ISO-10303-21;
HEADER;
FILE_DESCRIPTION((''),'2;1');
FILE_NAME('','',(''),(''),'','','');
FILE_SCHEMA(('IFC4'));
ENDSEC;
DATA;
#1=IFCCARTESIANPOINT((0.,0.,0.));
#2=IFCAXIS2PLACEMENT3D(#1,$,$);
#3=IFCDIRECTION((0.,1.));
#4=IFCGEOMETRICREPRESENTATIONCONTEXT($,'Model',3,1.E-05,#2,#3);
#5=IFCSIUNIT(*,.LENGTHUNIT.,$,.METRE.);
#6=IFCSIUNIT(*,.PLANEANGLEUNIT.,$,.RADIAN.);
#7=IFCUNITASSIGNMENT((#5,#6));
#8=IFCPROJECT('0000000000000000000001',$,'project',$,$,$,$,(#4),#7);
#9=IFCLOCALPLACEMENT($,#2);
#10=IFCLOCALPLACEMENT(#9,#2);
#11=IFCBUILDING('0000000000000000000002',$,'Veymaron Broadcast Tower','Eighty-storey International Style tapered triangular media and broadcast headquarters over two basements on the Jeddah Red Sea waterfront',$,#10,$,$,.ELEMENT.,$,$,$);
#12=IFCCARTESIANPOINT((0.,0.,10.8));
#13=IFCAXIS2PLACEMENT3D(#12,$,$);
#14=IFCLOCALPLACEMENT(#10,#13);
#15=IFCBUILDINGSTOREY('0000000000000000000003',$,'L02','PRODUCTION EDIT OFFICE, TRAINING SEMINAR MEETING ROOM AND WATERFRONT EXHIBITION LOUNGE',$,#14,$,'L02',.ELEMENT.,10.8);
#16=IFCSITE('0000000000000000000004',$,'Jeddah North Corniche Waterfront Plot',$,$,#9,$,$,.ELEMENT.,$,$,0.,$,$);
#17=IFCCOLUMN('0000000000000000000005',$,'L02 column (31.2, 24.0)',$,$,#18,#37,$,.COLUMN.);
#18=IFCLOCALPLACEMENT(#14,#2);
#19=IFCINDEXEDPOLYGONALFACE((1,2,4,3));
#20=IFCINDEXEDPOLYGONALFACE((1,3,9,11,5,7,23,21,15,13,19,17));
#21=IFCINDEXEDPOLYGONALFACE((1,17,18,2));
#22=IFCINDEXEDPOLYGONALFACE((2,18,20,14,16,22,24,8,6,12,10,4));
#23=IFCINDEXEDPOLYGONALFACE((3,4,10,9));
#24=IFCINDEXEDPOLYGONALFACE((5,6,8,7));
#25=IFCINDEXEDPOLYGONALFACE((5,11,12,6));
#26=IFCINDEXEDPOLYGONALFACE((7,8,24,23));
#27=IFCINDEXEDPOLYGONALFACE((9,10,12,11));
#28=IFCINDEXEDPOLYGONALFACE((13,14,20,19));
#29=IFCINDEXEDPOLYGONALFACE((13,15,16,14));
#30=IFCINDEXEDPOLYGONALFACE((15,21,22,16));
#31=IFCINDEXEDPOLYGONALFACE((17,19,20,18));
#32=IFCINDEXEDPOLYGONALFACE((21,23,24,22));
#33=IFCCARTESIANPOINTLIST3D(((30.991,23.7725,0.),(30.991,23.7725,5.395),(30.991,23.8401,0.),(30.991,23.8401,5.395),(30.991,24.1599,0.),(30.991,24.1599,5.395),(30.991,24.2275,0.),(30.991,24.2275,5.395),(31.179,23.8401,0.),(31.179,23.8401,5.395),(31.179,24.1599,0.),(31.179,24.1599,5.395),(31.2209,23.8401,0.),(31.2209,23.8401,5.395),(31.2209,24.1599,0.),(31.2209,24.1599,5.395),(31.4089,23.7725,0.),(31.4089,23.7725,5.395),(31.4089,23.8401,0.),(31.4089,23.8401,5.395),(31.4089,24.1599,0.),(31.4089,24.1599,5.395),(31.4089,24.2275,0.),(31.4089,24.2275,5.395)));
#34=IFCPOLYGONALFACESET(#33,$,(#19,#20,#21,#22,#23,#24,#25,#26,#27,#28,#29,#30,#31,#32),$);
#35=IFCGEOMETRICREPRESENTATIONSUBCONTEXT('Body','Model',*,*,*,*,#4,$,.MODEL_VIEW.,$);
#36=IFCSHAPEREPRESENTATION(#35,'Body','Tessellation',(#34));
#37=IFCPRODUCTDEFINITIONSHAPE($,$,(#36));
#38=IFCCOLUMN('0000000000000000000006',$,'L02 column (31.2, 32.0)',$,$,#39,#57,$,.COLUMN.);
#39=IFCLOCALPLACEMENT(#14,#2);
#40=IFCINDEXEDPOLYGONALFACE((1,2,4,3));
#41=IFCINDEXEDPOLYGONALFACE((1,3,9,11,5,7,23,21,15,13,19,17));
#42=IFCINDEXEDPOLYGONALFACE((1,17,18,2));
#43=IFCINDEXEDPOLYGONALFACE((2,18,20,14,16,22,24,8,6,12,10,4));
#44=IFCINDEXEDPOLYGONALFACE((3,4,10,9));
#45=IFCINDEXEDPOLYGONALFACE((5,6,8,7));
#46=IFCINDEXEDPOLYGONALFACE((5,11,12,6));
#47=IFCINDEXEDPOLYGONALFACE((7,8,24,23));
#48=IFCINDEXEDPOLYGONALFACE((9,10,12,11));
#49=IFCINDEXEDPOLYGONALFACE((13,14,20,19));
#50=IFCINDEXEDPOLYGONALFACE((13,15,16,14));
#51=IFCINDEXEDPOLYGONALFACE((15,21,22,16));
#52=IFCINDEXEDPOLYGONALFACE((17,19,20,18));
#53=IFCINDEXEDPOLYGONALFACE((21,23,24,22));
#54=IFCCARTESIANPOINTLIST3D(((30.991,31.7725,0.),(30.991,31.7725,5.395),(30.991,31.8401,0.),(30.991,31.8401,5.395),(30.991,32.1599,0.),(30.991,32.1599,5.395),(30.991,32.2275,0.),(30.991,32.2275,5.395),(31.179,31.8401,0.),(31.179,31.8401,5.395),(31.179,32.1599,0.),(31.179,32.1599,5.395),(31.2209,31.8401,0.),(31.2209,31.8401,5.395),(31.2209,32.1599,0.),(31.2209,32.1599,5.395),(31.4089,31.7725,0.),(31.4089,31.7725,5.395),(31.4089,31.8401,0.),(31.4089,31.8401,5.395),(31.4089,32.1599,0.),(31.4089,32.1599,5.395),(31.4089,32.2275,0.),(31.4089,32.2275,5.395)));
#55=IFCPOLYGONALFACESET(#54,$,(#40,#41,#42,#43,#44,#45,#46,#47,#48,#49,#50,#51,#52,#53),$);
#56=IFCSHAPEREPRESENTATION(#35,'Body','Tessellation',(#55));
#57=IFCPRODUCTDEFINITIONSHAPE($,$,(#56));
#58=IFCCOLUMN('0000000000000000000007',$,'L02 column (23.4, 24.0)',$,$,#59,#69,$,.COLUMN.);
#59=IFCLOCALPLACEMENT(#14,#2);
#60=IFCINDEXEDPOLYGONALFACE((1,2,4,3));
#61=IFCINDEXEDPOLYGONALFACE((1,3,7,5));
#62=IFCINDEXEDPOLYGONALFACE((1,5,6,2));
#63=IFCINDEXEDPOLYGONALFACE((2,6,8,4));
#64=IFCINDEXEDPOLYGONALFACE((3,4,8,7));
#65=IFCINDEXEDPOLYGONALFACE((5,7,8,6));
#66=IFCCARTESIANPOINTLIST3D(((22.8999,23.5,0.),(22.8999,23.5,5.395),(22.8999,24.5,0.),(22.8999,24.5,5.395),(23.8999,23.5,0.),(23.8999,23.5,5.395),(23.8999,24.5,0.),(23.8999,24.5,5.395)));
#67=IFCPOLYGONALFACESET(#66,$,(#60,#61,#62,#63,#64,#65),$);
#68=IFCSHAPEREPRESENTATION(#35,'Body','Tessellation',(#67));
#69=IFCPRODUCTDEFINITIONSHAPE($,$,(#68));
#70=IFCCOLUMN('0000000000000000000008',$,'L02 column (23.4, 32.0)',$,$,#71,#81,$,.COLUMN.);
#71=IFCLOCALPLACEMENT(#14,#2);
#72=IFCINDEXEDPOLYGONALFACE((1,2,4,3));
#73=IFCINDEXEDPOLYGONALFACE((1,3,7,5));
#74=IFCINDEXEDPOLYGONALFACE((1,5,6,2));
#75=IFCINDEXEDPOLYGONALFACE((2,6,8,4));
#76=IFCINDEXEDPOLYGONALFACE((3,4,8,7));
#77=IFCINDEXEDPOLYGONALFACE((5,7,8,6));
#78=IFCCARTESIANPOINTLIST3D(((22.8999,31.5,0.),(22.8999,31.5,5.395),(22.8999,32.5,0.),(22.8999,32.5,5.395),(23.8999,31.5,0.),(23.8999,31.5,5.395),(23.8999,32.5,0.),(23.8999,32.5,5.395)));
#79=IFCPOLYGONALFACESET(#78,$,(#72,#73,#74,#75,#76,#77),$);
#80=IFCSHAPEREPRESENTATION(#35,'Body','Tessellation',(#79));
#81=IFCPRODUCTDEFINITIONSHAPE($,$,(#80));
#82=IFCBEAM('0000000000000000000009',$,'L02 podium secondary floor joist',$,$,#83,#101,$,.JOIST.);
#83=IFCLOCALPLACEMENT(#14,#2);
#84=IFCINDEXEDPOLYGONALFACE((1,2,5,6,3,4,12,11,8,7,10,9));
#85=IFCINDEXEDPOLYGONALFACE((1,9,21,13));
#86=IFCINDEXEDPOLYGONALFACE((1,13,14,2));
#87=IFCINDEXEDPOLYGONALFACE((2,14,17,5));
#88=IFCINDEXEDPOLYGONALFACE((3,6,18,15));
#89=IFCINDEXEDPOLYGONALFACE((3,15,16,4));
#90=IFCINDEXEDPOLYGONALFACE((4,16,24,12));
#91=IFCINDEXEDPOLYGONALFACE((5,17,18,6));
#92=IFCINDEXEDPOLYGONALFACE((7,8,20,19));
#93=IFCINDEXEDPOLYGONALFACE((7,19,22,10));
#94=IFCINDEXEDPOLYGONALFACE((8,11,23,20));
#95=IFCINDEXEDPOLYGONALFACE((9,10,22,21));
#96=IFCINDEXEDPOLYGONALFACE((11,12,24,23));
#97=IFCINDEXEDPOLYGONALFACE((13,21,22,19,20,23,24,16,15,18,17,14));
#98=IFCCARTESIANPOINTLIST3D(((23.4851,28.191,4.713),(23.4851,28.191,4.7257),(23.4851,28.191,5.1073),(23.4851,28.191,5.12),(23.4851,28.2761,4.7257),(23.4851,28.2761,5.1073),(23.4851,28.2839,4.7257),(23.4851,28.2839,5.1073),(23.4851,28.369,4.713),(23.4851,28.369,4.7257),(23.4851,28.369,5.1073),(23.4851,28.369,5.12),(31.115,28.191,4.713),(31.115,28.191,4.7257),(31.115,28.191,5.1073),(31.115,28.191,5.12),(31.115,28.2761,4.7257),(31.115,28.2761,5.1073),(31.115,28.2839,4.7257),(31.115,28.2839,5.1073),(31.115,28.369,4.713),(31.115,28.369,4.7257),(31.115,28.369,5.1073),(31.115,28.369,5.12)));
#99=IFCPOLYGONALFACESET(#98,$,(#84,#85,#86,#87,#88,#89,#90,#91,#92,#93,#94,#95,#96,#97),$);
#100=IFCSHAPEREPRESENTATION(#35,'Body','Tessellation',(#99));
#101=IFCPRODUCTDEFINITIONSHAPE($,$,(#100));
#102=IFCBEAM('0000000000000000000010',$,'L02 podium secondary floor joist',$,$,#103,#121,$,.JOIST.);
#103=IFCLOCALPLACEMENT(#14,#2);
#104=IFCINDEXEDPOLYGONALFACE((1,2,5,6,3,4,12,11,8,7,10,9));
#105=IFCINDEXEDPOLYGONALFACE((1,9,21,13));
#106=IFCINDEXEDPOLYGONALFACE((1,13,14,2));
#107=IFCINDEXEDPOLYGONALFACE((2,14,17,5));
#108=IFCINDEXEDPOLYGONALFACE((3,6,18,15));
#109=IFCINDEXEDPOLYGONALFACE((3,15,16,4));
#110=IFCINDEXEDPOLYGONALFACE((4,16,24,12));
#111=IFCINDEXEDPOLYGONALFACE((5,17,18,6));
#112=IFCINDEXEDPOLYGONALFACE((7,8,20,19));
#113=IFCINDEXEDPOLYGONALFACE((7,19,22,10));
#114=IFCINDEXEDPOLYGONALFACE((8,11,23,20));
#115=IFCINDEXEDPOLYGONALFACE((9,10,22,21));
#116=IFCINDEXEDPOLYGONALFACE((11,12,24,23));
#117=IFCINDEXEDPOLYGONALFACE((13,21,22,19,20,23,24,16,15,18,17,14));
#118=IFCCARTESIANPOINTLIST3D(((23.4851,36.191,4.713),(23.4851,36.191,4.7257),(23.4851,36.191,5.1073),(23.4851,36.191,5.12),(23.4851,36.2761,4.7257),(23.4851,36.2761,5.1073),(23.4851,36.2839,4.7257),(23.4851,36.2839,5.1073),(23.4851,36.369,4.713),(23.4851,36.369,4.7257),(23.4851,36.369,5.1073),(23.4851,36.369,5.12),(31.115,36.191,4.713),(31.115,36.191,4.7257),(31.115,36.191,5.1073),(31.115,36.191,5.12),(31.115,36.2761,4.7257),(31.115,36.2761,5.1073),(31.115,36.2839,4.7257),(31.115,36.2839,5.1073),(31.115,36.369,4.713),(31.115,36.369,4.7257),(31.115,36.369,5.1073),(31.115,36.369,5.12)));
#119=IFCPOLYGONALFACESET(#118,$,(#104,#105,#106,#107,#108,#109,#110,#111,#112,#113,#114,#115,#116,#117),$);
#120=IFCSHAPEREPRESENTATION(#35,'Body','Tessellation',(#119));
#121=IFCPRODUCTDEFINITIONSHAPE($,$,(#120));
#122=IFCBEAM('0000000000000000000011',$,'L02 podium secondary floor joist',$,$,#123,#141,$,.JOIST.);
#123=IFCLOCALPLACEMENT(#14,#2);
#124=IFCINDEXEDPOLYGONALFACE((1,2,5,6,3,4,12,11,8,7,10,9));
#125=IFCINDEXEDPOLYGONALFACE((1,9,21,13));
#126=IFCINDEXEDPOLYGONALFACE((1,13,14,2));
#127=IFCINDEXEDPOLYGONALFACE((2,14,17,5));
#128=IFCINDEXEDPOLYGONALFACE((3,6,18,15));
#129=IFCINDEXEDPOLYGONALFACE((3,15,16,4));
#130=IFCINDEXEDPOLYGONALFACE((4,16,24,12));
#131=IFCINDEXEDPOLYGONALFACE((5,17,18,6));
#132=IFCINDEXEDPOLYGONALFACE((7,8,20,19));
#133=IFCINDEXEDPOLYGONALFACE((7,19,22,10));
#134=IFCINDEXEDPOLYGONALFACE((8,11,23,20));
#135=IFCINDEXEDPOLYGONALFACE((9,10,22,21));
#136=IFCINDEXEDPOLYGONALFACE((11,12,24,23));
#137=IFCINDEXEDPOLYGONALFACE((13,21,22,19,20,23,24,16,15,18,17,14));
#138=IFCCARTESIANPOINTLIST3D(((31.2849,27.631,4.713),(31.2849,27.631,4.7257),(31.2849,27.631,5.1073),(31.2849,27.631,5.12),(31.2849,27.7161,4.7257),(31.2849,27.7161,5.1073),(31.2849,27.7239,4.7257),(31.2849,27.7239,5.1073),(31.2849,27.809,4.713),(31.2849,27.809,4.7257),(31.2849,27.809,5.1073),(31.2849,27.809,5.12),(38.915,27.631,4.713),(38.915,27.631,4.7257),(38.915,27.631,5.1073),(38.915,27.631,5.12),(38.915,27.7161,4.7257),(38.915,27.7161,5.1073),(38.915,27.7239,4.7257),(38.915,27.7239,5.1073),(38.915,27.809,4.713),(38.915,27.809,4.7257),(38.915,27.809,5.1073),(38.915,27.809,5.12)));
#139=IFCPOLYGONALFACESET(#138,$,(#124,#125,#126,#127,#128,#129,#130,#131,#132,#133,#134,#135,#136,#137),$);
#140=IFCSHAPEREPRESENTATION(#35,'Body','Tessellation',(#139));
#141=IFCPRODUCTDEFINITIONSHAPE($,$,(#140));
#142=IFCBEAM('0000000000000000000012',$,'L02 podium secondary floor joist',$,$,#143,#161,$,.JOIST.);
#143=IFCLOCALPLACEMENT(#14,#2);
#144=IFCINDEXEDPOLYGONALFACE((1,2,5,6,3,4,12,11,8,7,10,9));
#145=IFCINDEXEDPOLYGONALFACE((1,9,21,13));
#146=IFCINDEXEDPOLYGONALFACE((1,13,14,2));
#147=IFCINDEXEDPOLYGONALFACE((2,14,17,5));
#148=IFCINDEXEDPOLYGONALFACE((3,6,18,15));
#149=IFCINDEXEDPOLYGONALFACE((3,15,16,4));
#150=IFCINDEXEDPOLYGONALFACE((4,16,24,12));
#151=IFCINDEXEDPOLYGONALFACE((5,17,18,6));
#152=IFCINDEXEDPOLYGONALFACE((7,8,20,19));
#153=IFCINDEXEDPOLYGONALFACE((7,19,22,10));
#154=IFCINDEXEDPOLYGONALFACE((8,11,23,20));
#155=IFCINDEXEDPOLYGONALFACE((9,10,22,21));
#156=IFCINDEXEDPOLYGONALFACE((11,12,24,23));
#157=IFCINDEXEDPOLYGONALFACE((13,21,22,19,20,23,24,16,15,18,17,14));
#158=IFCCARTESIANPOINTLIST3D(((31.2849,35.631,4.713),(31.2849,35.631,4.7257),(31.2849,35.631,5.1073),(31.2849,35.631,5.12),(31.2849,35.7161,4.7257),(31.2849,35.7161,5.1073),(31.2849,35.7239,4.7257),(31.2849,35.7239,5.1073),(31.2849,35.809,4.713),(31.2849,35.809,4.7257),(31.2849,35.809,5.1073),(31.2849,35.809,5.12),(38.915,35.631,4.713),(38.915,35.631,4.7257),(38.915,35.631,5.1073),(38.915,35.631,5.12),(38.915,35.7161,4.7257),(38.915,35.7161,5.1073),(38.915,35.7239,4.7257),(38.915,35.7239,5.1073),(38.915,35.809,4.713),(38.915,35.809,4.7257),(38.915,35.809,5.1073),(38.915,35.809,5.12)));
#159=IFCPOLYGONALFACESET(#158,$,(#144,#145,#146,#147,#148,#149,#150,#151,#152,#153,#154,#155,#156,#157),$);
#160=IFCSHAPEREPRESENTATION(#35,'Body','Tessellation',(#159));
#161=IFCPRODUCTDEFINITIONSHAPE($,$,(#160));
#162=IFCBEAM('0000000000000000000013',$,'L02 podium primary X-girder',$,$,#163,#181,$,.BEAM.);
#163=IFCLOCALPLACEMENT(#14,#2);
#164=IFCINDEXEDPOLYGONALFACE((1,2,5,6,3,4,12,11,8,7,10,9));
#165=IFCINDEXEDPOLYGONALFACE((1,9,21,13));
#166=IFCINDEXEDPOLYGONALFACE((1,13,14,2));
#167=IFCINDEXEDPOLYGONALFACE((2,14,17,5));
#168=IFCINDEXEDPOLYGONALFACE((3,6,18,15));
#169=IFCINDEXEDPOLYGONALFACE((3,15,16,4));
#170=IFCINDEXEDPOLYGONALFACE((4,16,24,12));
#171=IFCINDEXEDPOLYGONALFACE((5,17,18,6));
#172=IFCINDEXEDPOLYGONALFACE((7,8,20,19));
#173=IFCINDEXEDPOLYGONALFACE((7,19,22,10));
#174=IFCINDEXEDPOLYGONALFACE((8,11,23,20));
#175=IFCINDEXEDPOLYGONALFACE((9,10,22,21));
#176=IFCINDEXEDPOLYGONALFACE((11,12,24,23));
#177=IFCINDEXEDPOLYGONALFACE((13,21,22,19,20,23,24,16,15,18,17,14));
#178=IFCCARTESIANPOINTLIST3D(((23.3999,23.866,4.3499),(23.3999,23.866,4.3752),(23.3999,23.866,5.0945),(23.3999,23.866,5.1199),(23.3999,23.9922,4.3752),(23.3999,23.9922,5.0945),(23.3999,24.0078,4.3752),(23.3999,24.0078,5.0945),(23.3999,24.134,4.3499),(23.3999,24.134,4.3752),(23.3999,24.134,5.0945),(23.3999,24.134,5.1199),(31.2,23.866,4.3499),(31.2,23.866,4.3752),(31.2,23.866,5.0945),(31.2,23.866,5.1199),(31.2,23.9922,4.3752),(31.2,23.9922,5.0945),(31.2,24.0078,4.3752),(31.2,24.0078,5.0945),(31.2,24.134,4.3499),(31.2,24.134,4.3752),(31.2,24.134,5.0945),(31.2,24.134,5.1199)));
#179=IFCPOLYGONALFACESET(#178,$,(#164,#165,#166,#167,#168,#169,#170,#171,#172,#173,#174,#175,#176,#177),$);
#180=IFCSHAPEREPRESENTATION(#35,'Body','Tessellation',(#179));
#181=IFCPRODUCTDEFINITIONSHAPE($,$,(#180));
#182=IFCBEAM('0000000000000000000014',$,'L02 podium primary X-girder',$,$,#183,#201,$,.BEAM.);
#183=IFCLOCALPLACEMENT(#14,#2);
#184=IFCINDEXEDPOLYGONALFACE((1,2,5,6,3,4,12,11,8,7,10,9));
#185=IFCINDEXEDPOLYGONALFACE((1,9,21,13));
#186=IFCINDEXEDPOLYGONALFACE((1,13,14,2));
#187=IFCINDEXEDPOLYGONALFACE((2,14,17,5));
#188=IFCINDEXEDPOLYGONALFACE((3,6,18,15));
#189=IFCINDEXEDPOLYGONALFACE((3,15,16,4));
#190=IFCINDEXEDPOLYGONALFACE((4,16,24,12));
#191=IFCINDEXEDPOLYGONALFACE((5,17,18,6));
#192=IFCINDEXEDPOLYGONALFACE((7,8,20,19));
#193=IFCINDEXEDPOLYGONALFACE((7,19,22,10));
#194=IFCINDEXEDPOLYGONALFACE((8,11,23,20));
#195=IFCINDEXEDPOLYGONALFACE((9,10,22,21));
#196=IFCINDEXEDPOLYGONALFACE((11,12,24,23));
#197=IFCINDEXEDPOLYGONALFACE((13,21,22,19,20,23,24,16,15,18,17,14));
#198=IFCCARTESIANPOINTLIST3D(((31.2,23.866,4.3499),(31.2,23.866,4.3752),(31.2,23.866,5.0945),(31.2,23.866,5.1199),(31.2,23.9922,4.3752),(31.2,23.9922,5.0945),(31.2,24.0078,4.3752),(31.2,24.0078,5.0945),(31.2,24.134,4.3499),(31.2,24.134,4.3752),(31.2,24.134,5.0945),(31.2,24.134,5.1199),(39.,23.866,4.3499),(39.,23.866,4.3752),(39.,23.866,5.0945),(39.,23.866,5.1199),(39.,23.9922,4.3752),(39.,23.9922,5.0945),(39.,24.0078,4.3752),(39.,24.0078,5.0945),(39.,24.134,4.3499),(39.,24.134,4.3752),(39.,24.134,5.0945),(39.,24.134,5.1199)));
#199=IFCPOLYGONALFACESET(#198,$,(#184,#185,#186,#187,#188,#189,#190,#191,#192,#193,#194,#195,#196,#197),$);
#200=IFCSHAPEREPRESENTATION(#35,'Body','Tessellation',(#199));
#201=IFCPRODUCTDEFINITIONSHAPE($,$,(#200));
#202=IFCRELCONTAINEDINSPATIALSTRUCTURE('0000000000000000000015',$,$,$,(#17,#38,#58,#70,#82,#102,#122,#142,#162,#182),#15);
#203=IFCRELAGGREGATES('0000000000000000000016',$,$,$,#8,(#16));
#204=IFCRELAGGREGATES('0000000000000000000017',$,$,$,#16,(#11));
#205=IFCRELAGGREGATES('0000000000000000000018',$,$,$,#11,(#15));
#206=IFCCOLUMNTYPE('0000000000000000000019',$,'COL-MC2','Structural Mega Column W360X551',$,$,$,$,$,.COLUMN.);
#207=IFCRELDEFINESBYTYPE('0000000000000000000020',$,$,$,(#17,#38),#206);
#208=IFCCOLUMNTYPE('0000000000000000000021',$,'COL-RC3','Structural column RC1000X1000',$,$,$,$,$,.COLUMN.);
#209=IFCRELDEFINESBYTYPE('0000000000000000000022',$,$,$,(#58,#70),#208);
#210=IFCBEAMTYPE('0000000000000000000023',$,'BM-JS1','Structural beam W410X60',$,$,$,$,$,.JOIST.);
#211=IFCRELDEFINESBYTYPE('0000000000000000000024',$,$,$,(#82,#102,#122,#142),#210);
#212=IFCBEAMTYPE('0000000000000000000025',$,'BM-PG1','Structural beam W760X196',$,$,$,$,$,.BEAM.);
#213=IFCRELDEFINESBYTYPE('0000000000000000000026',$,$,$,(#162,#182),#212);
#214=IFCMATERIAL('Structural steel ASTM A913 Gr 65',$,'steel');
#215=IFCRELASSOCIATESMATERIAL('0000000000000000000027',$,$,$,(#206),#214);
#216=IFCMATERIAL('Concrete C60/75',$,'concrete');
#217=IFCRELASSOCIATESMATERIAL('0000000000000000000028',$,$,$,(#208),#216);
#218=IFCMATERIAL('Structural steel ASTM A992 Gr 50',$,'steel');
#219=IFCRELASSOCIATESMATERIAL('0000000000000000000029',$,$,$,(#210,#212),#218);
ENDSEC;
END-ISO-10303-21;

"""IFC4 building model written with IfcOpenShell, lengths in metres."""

from ifc_helpers import new_model, si_unit, direction, frame, origin, origin_2d, place, context, subcontext, project, spatial, rectangle, i_section, extrude, material, material_profile, profile_set, type_object, element, save


model = new_model("IFC4")

# Units and contexts
model_context = context("Model", 3, precision=1e-05, world=origin(), true_north=direction((0.0, 1.0)))
body_context = subcontext(model_context, "Body", "Model", "MODEL_VIEW")
ifc_project = project(units=[si_unit("LENGTHUNIT", "METRE"), si_unit("PLANEANGLEUNIT", "RADIAN")], contexts=[model_context])

# Site, building, storey
site_placement = place(None, origin())
site = spatial("IfcSite", under=ifc_project, at=site_placement, Name="Jeddah North Corniche Waterfront Plot", CompositionType="ELEMENT", RefElevation=0.0)
building_placement = place(site_placement, origin())
building = spatial("IfcBuilding", under=site, at=building_placement, Name="Veymaron Broadcast Tower", Description="Eighty-storey International Style tapered triangular media and broadcast headquarters over two basements on the Jeddah Red Sea waterfront", CompositionType="ELEMENT")
storey_placement = place(building_placement, frame((0.0, 0.0, 10.8)))
storey = spatial("IfcBuildingStorey", under=building, at=storey_placement, Name="L02", Description="PRODUCTION EDIT OFFICE, TRAINING SEMINAR MEETING ROOM AND WATERFRONT EXHIBITION LOUNGE", LongName="L02", CompositionType="ELEMENT", Elevation=10.8)

# Columns
ifc_material_1 = material(Name="Structural steel ASTM A913 Gr 65", Category="steel")
ifc_material_profile_1 = material_profile(ifc_material_1, i_section(OverallWidth=0.418, OverallDepth=0.4551, WebThickness=0.042, FlangeThickness=0.0676, at=origin_2d()), Name="W360X551")
ifc_profile_set_1 = profile_set([ifc_material_profile_1], Name="Structural steel ASTM A913 Gr 65")
column_type_1 = type_object("IfcColumnType", Name="COL-MC2", Description="Structural Mega Column W360X551", PredefinedType="COLUMN", material=ifc_profile_set_1)
for number, where, z_axis, x_axis, name in (
    (1, (31.2, 24.0, 0.0), (0.0, 0.0, 1.0), (1.0, 0.0, 0.0), "L02 column (31.2, 24.0)"),
    (2, (31.2, 32.0, 0.0), (0.0, 0.0, 1.0), (1.0, 0.0, 0.0), "L02 column (31.2, 32.0)"),
):
    element("IfcColumn", number, at=place(storey_placement, frame(where, z_axis=z_axis, x_axis=x_axis)), inside=storey, type_object=column_type_1, Name=name, PredefinedType="COLUMN", context=body_context, shape_type="SweptSolid", body=[
        extrude(i_section(OverallWidth=0.418, OverallDepth=0.4551, WebThickness=0.042, FlangeThickness=0.0676, at=origin_2d()), origin(), (0.0, 0.0, 1.0), 5.395),
    ])
ifc_material_2 = material(Name="Concrete C60/75", Category="concrete")
ifc_material_profile_2 = material_profile(ifc_material_2, rectangle(XDim=1.0, YDim=1.0, at=origin_2d()), Name="RC1000X1000")
ifc_profile_set_2 = profile_set([ifc_material_profile_2], Name="Concrete C60/75")
column_type_2 = type_object("IfcColumnType", Name="COL-RC3", Description="Structural column RC1000X1000", PredefinedType="COLUMN", material=ifc_profile_set_2)
for number, where, z_axis, x_axis, name in (
    (3, (23.3999, 24.0, 0.0), (0.0, 0.0, 1.0), (1.0, 0.0, 0.0), "L02 column (23.4, 24.0)"),
    (4, (23.3999, 32.0, 0.0), (0.0, 0.0, 1.0), (1.0, 0.0, 0.0), "L02 column (23.4, 32.0)"),
):
    element("IfcColumn", number, at=place(storey_placement, frame(where, z_axis=z_axis, x_axis=x_axis)), inside=storey, type_object=column_type_2, Name=name, PredefinedType="COLUMN", context=body_context, shape_type="SweptSolid", body=[
        extrude(rectangle(XDim=1.0, YDim=1.0, at=origin_2d()), origin(), (0.0, 0.0, 1.0), 5.395),
    ])

# Beams
ifc_material_3 = material(Name="Structural steel ASTM A992 Gr 50", Category="steel")
ifc_material_profile_3 = material_profile(ifc_material_3, i_section(OverallWidth=0.178, OverallDepth=0.407, WebThickness=0.0078, FlangeThickness=0.0127, at=origin_2d()), Name="W410X60")
ifc_profile_set_3 = profile_set([ifc_material_profile_3], Name="Structural steel ASTM A992 Gr 50")
beam_type_1 = type_object("IfcBeamType", Name="BM-JS1", Description="Structural beam W410X60", PredefinedType="JOIST", material=ifc_profile_set_3)
for number, where, z_axis, x_axis, name in (
    (5, (23.4851, 28.28, 4.9165), (1.0, 0.0, 0.0), (0.0, 1.0, 0.0), "L02 podium secondary floor joist"),
    (6, (23.4851, 36.28, 4.9165), (1.0, 0.0, 0.0), (0.0, 1.0, 0.0), "L02 podium secondary floor joist"),
):
    element("IfcBeam", number, at=place(storey_placement, frame(where, z_axis=z_axis, x_axis=x_axis)), inside=storey, type_object=beam_type_1, Name=name, PredefinedType="JOIST", context=body_context, shape_type="SweptSolid", body=[
        extrude(i_section(OverallWidth=0.178, OverallDepth=0.407, WebThickness=0.0078, FlangeThickness=0.0127, at=origin_2d()), origin(), (0.0, 0.0, 1.0), 7.6299),
    ])
for number, where, z_axis, x_axis, name in (
    (7, (31.2849, 27.72, 4.9165), (1.0, 0.0, 0.0), (0.0, 1.0, 0.0), "L02 podium secondary floor joist"),
    (8, (31.2849, 35.72, 4.9165), (1.0, 0.0, 0.0), (0.0, 1.0, 0.0), "L02 podium secondary floor joist"),
):
    element("IfcBeam", number, at=place(storey_placement, frame(where, z_axis=z_axis, x_axis=x_axis)), inside=storey, type_object=beam_type_1, Name=name, PredefinedType="JOIST", context=body_context, shape_type="SweptSolid", body=[
        extrude(i_section(OverallWidth=0.178, OverallDepth=0.407, WebThickness=0.0078, FlangeThickness=0.0127, at=origin_2d()), origin(), (0.0, 0.0, 1.0), 7.6301),
    ])
ifc_material_profile_4 = material_profile(ifc_material_3, i_section(OverallWidth=0.2681, OverallDepth=0.77, WebThickness=0.0156, FlangeThickness=0.0254, at=origin_2d()), Name="W760X196")
ifc_profile_set_4 = profile_set([ifc_material_profile_4], Name="Structural steel ASTM A992 Gr 50")
beam_type_2 = type_object("IfcBeamType", Name="BM-PG1", Description="Structural beam W760X196", PredefinedType="BEAM", material=ifc_profile_set_4)
for number, where, z_axis, x_axis, name in (
    (9, (23.3999, 24.0, 4.7349), (1.0, 0.0, 0.0), (0.0, 1.0, 0.0), "L02 podium primary X-girder"),
    (10, (31.2, 24.0, 4.7349), (1.0, 0.0, 0.0), (0.0, 1.0, 0.0), "L02 podium primary X-girder"),
):
    element("IfcBeam", number, at=place(storey_placement, frame(where, z_axis=z_axis, x_axis=x_axis)), inside=storey, type_object=beam_type_2, Name=name, PredefinedType="BEAM", context=body_context, shape_type="SweptSolid", body=[
        extrude(i_section(OverallWidth=0.2681, OverallDepth=0.77, WebThickness=0.0156, FlangeThickness=0.0254, at=origin_2d()), origin(), (0.0, 0.0, 1.0), 7.8),
    ])

save(model, "model.ifc")
